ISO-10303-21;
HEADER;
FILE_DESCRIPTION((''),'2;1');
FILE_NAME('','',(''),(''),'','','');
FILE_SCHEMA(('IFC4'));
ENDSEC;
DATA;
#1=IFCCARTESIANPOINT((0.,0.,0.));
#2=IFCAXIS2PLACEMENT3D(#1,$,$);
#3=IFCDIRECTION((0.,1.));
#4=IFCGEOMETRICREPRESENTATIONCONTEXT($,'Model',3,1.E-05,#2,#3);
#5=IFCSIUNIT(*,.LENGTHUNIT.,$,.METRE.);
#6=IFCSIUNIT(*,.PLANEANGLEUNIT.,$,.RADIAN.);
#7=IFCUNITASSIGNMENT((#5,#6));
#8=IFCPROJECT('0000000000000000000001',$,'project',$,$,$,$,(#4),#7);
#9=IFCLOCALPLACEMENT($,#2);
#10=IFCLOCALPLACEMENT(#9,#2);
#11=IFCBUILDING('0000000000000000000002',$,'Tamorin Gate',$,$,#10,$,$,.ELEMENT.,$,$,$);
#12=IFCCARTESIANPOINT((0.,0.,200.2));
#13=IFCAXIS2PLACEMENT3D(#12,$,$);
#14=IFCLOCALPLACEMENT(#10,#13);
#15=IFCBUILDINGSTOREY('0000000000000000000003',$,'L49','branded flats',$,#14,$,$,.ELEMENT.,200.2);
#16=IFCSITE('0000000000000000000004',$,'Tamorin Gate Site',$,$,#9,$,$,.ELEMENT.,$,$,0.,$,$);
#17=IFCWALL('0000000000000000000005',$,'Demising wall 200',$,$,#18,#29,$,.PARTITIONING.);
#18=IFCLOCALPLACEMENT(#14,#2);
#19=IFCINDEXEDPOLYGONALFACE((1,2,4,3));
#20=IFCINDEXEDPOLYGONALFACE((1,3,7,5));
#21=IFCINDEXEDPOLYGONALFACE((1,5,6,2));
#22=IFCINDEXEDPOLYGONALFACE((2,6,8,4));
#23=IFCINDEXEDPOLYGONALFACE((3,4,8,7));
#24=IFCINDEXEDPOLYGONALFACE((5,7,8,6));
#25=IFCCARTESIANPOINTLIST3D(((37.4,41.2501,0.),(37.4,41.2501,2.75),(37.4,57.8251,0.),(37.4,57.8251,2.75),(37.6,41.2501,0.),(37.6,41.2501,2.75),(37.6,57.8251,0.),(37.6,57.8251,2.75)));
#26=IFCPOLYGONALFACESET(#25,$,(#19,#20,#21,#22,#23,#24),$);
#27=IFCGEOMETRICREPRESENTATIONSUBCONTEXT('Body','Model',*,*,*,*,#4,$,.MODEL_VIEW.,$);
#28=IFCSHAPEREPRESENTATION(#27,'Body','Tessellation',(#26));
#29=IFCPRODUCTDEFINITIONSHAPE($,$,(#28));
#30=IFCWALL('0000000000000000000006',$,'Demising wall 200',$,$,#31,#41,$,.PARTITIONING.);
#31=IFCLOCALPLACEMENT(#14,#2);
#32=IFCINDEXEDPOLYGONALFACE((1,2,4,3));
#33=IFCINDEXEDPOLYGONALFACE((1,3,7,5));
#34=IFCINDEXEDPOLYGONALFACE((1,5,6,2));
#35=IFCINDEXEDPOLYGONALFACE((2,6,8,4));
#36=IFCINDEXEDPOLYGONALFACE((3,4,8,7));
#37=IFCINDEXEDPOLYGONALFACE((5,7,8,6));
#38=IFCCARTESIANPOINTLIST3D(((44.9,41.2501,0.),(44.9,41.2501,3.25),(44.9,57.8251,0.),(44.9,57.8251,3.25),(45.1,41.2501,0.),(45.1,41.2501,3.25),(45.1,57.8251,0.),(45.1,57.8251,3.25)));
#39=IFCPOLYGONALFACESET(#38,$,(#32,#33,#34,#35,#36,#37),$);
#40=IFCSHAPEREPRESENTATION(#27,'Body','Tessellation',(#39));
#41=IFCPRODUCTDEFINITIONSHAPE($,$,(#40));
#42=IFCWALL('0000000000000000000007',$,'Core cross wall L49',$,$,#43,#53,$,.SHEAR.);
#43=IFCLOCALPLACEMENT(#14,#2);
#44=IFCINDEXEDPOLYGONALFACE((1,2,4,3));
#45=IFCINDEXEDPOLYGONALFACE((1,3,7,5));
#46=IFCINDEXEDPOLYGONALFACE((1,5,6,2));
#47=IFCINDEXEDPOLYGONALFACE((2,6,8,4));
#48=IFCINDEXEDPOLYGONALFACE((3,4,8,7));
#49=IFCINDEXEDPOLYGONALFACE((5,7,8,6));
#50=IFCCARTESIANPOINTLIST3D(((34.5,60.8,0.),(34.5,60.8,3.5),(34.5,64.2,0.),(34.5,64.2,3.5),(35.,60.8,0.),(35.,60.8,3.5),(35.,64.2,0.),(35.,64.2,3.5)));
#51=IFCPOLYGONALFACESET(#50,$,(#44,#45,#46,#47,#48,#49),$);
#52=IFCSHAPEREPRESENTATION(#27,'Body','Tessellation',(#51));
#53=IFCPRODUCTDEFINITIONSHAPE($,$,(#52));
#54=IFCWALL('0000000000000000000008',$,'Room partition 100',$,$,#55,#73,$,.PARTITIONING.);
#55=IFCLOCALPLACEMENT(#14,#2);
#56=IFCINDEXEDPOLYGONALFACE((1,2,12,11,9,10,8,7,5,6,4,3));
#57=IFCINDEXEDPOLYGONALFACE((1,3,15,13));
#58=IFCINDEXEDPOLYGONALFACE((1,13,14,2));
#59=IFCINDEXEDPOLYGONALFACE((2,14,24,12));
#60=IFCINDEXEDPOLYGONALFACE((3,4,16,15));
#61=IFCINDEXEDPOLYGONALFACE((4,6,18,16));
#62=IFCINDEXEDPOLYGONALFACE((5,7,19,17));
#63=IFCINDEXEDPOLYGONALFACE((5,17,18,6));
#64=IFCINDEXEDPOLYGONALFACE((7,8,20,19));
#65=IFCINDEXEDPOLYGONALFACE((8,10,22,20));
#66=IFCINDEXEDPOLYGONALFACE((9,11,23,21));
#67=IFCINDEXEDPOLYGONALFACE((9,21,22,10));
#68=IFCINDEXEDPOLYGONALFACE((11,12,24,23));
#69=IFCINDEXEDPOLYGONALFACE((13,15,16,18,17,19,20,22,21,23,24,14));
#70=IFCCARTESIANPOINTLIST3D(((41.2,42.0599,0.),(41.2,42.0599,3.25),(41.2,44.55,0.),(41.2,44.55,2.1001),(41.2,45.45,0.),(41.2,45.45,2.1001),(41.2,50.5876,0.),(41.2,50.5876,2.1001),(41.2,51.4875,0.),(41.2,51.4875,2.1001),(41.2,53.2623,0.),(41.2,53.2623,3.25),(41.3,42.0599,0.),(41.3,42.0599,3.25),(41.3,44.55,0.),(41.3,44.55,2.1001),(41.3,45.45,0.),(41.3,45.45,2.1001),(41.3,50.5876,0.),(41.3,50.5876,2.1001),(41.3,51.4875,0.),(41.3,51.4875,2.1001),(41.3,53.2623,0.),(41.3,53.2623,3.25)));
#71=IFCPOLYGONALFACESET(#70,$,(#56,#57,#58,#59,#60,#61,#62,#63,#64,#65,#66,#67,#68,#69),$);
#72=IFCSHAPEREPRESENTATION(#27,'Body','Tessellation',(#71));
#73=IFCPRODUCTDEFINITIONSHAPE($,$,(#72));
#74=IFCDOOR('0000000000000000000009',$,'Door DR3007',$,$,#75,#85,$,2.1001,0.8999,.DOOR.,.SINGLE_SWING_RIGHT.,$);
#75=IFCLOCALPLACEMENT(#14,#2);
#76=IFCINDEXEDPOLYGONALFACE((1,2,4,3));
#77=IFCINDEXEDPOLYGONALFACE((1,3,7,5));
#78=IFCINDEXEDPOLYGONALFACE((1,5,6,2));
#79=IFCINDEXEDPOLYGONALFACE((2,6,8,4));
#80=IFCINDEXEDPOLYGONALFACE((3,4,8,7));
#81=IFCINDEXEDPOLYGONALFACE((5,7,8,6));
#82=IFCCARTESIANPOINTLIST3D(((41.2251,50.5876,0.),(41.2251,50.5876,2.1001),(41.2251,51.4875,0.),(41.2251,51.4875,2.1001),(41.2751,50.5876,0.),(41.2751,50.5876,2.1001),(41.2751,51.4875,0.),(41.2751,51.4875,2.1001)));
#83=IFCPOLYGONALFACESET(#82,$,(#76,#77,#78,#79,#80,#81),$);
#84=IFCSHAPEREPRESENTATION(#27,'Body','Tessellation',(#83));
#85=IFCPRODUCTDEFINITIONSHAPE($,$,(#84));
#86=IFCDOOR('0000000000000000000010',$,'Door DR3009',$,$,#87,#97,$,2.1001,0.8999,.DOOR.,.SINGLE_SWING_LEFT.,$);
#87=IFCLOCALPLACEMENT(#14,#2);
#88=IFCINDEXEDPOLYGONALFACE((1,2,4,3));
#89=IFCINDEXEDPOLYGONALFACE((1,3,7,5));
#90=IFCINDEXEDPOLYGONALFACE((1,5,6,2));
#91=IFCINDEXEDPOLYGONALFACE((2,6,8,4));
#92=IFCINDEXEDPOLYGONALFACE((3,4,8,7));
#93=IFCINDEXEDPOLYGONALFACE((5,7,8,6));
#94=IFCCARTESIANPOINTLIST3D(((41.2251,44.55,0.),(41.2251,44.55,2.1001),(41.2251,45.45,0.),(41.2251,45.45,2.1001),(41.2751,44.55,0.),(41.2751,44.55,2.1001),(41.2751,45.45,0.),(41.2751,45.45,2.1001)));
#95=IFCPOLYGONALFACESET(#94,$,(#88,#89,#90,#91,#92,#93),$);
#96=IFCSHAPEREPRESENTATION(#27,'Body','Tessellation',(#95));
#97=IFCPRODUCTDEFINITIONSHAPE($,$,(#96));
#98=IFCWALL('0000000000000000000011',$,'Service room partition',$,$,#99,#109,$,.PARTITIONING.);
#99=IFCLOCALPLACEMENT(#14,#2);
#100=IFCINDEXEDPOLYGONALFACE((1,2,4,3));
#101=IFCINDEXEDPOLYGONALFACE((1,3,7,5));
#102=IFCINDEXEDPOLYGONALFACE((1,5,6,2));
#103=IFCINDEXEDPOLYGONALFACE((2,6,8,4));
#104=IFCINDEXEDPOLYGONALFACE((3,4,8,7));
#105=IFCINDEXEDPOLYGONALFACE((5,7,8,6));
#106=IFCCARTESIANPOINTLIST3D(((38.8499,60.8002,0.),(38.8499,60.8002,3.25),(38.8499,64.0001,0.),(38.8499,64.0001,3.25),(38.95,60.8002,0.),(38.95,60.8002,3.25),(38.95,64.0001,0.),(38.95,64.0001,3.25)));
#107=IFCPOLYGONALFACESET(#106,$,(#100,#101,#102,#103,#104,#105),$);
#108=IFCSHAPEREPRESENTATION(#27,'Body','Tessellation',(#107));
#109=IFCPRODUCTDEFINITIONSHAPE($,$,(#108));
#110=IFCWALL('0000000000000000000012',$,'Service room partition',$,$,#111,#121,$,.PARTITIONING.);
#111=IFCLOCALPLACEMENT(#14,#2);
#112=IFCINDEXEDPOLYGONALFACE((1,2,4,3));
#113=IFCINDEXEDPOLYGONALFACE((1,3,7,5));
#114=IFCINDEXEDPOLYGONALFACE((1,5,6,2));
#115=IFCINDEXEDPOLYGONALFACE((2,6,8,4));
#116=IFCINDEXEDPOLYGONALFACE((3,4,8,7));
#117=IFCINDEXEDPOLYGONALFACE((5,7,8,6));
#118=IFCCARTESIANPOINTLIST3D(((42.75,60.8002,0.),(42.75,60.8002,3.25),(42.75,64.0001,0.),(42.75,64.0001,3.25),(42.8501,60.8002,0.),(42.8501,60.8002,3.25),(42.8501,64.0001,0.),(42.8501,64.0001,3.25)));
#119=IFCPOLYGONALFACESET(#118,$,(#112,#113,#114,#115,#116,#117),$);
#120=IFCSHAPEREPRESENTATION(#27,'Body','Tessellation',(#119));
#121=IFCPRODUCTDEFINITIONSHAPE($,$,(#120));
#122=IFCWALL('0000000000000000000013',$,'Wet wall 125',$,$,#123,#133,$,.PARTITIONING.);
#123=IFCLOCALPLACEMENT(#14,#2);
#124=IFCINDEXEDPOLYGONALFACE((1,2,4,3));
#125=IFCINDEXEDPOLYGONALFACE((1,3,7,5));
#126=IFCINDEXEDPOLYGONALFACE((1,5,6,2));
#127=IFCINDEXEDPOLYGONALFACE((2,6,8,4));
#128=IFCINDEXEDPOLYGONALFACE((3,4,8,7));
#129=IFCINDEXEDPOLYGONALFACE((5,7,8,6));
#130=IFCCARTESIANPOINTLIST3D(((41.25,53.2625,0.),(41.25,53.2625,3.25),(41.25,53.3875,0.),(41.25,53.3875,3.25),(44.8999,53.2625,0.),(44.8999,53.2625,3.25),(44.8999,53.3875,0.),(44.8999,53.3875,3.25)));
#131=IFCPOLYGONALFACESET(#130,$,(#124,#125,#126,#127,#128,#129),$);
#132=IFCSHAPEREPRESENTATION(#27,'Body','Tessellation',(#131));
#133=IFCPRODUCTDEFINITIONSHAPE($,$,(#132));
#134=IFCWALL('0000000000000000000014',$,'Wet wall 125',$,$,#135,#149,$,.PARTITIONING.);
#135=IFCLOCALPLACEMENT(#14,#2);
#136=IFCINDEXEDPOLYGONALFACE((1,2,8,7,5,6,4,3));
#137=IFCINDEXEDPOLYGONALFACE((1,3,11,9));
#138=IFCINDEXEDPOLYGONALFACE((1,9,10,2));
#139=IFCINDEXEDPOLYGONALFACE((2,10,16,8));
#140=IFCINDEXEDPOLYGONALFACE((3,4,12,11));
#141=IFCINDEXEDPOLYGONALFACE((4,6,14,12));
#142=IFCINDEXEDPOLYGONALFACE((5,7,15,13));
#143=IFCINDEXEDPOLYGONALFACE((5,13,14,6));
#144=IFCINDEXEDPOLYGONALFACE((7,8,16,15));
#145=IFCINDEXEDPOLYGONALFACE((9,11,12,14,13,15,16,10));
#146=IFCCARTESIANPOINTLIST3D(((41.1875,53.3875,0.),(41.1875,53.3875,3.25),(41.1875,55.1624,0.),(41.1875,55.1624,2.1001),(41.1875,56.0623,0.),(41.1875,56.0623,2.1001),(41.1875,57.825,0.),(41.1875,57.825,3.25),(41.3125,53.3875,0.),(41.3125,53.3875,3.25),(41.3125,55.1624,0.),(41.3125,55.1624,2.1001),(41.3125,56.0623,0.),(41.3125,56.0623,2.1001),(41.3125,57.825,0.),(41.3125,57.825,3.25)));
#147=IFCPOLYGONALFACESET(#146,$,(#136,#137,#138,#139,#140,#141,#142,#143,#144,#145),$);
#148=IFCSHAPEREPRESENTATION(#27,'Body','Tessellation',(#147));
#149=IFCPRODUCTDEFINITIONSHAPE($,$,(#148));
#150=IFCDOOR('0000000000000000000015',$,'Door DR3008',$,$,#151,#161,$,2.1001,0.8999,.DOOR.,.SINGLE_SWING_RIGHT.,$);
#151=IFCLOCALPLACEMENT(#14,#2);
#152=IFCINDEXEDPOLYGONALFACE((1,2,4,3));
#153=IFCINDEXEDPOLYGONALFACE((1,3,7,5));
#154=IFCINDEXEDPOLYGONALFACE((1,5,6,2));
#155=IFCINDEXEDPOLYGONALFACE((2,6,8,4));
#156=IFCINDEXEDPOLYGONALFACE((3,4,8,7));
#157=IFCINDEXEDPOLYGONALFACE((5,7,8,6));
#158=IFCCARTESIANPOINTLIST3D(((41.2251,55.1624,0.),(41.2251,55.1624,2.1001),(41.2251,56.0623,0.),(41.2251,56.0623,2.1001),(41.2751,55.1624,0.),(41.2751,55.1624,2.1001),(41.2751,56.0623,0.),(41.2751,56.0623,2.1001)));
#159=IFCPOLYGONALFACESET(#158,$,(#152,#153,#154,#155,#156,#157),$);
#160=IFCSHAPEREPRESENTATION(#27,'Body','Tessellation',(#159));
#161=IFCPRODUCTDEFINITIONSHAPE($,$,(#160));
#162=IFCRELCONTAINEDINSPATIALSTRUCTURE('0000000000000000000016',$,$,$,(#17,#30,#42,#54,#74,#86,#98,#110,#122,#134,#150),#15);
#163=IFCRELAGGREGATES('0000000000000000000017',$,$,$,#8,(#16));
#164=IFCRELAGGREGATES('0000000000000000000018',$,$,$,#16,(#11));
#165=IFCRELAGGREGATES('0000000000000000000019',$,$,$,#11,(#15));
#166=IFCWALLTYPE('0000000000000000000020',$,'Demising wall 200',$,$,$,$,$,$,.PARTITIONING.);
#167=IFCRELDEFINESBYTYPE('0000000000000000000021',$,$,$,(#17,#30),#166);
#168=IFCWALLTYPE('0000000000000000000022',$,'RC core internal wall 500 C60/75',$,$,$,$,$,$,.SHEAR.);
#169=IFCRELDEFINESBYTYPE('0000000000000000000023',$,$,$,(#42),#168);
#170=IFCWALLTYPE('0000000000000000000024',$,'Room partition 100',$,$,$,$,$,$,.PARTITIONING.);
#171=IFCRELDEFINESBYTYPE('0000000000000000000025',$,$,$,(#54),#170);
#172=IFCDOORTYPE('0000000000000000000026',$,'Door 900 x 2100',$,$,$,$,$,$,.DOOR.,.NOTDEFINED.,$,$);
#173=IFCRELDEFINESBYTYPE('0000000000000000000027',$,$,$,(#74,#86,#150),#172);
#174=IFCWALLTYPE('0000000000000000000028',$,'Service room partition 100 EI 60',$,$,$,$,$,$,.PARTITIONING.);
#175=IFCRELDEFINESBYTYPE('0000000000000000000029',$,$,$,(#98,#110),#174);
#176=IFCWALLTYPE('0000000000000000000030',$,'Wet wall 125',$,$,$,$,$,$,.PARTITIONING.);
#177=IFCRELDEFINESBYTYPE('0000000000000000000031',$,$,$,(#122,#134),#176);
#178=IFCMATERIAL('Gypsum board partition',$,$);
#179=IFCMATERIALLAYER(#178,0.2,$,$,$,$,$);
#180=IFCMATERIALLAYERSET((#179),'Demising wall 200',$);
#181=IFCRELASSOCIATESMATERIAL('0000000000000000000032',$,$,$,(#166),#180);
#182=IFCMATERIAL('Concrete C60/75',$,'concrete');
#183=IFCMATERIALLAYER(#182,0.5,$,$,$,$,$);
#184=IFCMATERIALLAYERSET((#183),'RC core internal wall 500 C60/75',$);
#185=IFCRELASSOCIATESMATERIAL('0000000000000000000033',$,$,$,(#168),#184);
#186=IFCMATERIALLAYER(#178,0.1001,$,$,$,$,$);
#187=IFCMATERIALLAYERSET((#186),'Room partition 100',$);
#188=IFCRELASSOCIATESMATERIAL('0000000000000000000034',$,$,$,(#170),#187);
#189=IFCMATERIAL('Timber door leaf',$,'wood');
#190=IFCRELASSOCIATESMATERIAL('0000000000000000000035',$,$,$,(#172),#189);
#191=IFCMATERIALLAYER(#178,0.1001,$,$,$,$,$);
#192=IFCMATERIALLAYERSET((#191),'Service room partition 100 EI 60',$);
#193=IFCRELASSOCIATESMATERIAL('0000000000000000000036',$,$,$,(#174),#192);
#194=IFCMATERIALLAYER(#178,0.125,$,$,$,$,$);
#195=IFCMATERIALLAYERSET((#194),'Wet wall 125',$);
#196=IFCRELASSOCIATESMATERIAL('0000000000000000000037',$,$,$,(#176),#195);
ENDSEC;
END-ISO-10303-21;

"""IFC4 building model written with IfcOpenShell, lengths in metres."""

from ifc_helpers import new_model, si_unit, direction, frame, frame_2d, origin, place, context, subcontext, project, spatial, rectangle, extrude, material, layer, layer_set, type_object, element, fill, save


model = new_model("IFC4")

# Units and contexts
model_context = context("Model", 3, precision=1e-05, world=origin(), true_north=direction((0.0, 1.0)))
body_context = subcontext(model_context, "Body", "Model", "MODEL_VIEW")
ifc_project = project(units=[si_unit("LENGTHUNIT", "METRE"), si_unit("PLANEANGLEUNIT", "RADIAN")], contexts=[model_context])

# Site, building, storey
site_placement = place(None, origin())
site = spatial("IfcSite", under=ifc_project, at=site_placement, Name="Tamorin Gate Site", CompositionType="ELEMENT", RefElevation=0.0)
building_placement = place(site_placement, origin())
building = spatial("IfcBuilding", under=site, at=building_placement, Name="Tamorin Gate", CompositionType="ELEMENT")
storey_placement = place(building_placement, frame((0.0, 0.0, 200.2)))
storey = spatial("IfcBuildingStorey", under=building, at=storey_placement, Name="L49", Description="branded flats", CompositionType="ELEMENT", Elevation=200.2)

# Shared definitions
ifc_material_1 = material(Name="Concrete C60/75", Category="concrete")

# Walls
ifc_material_2 = material(Name="Gypsum board partition")
ifc_layer_1 = layer(ifc_material_2, 0.2)
ifc_layer_set_1 = layer_set([ifc_layer_1], Name="Demising wall 200")
wall_type_1 = type_object("IfcWallType", Name="Demising wall 200", PredefinedType="PARTITIONING", material=ifc_layer_set_1)
wall_1_placement = place(storey_placement, frame((37.5, 41.25, 0.0), z_axis=(0.0, 0.0, 1.0), x_axis=(0.0, 1.0, 0.0)))
element("IfcWall", 1, at=wall_1_placement, inside=storey, type_object=wall_type_1, Name="Demising wall 200", PredefinedType="PARTITIONING", context=body_context, shape_type="SweptSolid", body=[
    extrude(rectangle(XDim=16.575, YDim=0.2, at=frame_2d((8.2876, 0.0))), origin(), (0.0, 0.0, 1.0), 2.75),
])
wall_2_placement = place(storey_placement, frame((45.0, 41.25, 0.0), z_axis=(0.0, 0.0, 1.0), x_axis=(0.0, 1.0, 0.0)))
element("IfcWall", 2, at=wall_2_placement, inside=storey, type_object=wall_type_1, Name="Demising wall 200", PredefinedType="PARTITIONING", context=body_context, shape_type="SweptSolid", body=[
    extrude(rectangle(XDim=16.575, YDim=0.2, at=frame_2d((8.2876, 0.0))), origin(), (0.0, 0.0, 1.0), 3.25),
])
ifc_layer_2 = layer(ifc_material_1, 0.5)
ifc_layer_set_2 = layer_set([ifc_layer_2], Name="RC core internal wall 500 C60/75")
wall_type_2 = type_object("IfcWallType", Name="RC core internal wall 500 C60/75", PredefinedType="SHEAR", material=ifc_layer_set_2)
wall_3_placement = place(storey_placement, frame((34.75, 60.8, 0.0), z_axis=(0.0, 0.0, 1.0), x_axis=(0.0, 1.0, 0.0)))
element("IfcWall", 3, at=wall_3_placement, inside=storey, type_object=wall_type_2, Name="Core cross wall L49", PredefinedType="SHEAR", context=body_context, shape_type="SweptSolid", body=[
    extrude(rectangle(XDim=3.3999, YDim=0.5, at=frame_2d((1.7, 0.0))), origin(), (0.0, 0.0, 1.0), 3.5),
])

# Wall, openings, doors
ifc_layer_3 = layer(ifc_material_2, 0.1001)
ifc_layer_set_3 = layer_set([ifc_layer_3], Name="Room partition 100")
wall_type_3 = type_object("IfcWallType", Name="Room partition 100", PredefinedType="PARTITIONING", material=ifc_layer_set_3)
wall_4_placement = place(storey_placement, frame((41.25, 42.0601, 0.0), z_axis=(0.0, 0.0, 1.0), x_axis=(0.0, 1.0, 0.0)))
wall_4 = element("IfcWall", 4, at=wall_4_placement, inside=storey, type_object=wall_type_3, Name="Room partition 100", PredefinedType="PARTITIONING", context=body_context, shape_type="SweptSolid", body=[
    extrude(rectangle(XDim=11.2024, YDim=0.1001, at=frame_2d((5.6011, 0.0))), origin(), (0.0, 0.0, 1.0), 3.25),
])
opening_1_placement = place(wall_4_placement, frame((8.5276, 0.0, 0.0)))
opening_1 = element("IfcOpeningElement", 5, at=opening_1_placement, cuts=wall_4, PredefinedType="OPENING", context=body_context, shape_type="SweptSolid", body=[
    extrude(rectangle(XDim=0.8999, YDim=2.1001, at=frame_2d((0.45, 1.05))), frame((0.0, 0.0601, 0.0), z_axis=(0.0, -1.0, 0.0), x_axis=(1.0, 0.0, 0.0)), (0.0, 0.0, 1.0), 0.1201),
])
opening_2_placement = place(wall_4_placement, frame((2.49, 0.0, 0.0)))
opening_2 = element("IfcOpeningElement", 6, at=opening_2_placement, cuts=wall_4, PredefinedType="OPENING", context=body_context, shape_type="SweptSolid", body=[
    extrude(rectangle(XDim=0.8999, YDim=2.1001, at=frame_2d((0.45, 1.05))), frame((0.0, 0.0601, 0.0), z_axis=(0.0, -1.0, 0.0), x_axis=(1.0, 0.0, 0.0)), (0.0, 0.0, 1.0), 0.1201),
])
ifc_material_3 = material(Name="Timber door leaf", Category="wood")
door_type = type_object("IfcDoorType", Name="Door 900 x 2100", OperationType="NOTDEFINED", PredefinedType="DOOR", material=ifc_material_3)
door_1_placement = place(opening_1_placement, origin())
door_1 = element("IfcDoor", 7, at=door_1_placement, inside=storey, type_object=door_type, Name="Door DR3007", OperationType="SINGLE_SWING_RIGHT", OverallHeight=2.1001, OverallWidth=0.8999, PredefinedType="DOOR", context=body_context, shape_type="SweptSolid", body=[
    extrude(rectangle(XDim=0.8999, YDim=2.1001, at=frame_2d((0.45, 1.05))), frame((0.0, 0.0249, 0.0), z_axis=(0.0, -1.0, 0.0), x_axis=(1.0, 0.0, 0.0)), (0.0, 0.0, 1.0), 0.05),
])
fill(opening_1, door_1)
door_2_placement = place(opening_2_placement, origin())
door_2 = element("IfcDoor", 8, at=door_2_placement, inside=storey, type_object=door_type, Name="Door DR3009", OperationType="SINGLE_SWING_LEFT", OverallHeight=2.1001, OverallWidth=0.8999, PredefinedType="DOOR", context=body_context, shape_type="SweptSolid", body=[
    extrude(rectangle(XDim=0.8999, YDim=2.1001, at=frame_2d((0.45, 1.05))), frame((0.0, 0.0249, 0.0), z_axis=(0.0, -1.0, 0.0), x_axis=(1.0, 0.0, 0.0)), (0.0, 0.0, 1.0), 0.05),
])
fill(opening_2, door_2)

# Walls
ifc_layer_4 = layer(ifc_material_2, 0.1001)
ifc_layer_set_4 = layer_set([ifc_layer_4], Name="Service room partition 100 EI 60")
wall_type_4 = type_object("IfcWallType", Name="Service room partition 100 EI 60", PredefinedType="PARTITIONING", material=ifc_layer_set_4)
for number, where, z_axis, x_axis, name in (
    (9, (38.8999, 60.8, 0.0), (0.0, 0.0, 1.0), (0.0, 1.0, 0.0), "Service room partition"),
    (10, (42.8, 60.8, 0.0), (0.0, 0.0, 1.0), (0.0, 1.0, 0.0), "Service room partition"),
):
    element("IfcWall", number, at=place(storey_placement, frame(where, z_axis=z_axis, x_axis=x_axis)), inside=storey, type_object=wall_type_4, Name=name, PredefinedType="PARTITIONING", context=body_context, shape_type="SweptSolid", body=[
        extrude(rectangle(XDim=3.2, YDim=0.1001, at=frame_2d((1.6001, 0.0))), origin(), (0.0, 0.0, 1.0), 3.25),
    ])
ifc_layer_5 = layer(ifc_material_2, 0.125)
ifc_layer_set_5 = layer_set([ifc_layer_5], Name="Wet wall 125")
wall_type_5 = type_object("IfcWallType", Name="Wet wall 125", PredefinedType="PARTITIONING", material=ifc_layer_set_5)
wall_5_placement = place(storey_placement, frame((41.25, 53.325, 0.0), z_axis=(0.0, 0.0, 1.0), x_axis=(1.0, 0.0, 0.0)))
element("IfcWall", 11, at=wall_5_placement, inside=storey, type_object=wall_type_5, Name="Wet wall 125", PredefinedType="PARTITIONING", context=body_context, shape_type="SweptSolid", body=[
    extrude(rectangle(XDim=3.6499, YDim=0.125, at=frame_2d((1.825, 0.0))), origin(), (0.0, 0.0, 1.0), 3.25),
])

# Wall, opening, door
wall_6_placement = place(storey_placement, frame((41.25, 53.3875, 0.0), z_axis=(0.0, 0.0, 1.0), x_axis=(0.0, 1.0, 0.0)))
wall_6 = element("IfcWall", 12, at=wall_6_placement, inside=storey, type_object=wall_type_5, Name="Wet wall 125", PredefinedType="PARTITIONING", context=body_context, shape_type="SweptSolid", body=[
    extrude(rectangle(XDim=4.4375, YDim=0.125, at=frame_2d((2.2188, 0.0))), origin(), (0.0, 0.0, 1.0), 3.25),
])
opening_3_placement = place(wall_6_placement, frame((1.7749, 0.0, 0.0)))
opening_3 = element("IfcOpeningElement", 13, at=opening_3_placement, cuts=wall_6, PredefinedType="OPENING", context=body_context, shape_type="SweptSolid", body=[
    extrude(rectangle(XDim=0.8999, YDim=2.1001, at=frame_2d((0.45, 1.05))), frame((0.0, 0.0725, 0.0), z_axis=(0.0, -1.0, 0.0), x_axis=(1.0, 0.0, 0.0)), (0.0, 0.0, 1.0), 0.145),
])
door_3_placement = place(opening_3_placement, origin())
door_3 = element("IfcDoor", 14, at=door_3_placement, inside=storey, type_object=door_type, Name="Door DR3008", OperationType="SINGLE_SWING_RIGHT", OverallHeight=2.1001, OverallWidth=0.8999, PredefinedType="DOOR", context=body_context, shape_type="SweptSolid", body=[
    extrude(rectangle(XDim=0.8999, YDim=2.1001, at=frame_2d((0.45, 1.05))), frame((0.0, 0.0249, 0.0), z_axis=(0.0, -1.0, 0.0), x_axis=(1.0, 0.0, 0.0)), (0.0, 0.0, 1.0), 0.05),
])
fill(opening_3, door_3)

save(model, "model.ifc")
